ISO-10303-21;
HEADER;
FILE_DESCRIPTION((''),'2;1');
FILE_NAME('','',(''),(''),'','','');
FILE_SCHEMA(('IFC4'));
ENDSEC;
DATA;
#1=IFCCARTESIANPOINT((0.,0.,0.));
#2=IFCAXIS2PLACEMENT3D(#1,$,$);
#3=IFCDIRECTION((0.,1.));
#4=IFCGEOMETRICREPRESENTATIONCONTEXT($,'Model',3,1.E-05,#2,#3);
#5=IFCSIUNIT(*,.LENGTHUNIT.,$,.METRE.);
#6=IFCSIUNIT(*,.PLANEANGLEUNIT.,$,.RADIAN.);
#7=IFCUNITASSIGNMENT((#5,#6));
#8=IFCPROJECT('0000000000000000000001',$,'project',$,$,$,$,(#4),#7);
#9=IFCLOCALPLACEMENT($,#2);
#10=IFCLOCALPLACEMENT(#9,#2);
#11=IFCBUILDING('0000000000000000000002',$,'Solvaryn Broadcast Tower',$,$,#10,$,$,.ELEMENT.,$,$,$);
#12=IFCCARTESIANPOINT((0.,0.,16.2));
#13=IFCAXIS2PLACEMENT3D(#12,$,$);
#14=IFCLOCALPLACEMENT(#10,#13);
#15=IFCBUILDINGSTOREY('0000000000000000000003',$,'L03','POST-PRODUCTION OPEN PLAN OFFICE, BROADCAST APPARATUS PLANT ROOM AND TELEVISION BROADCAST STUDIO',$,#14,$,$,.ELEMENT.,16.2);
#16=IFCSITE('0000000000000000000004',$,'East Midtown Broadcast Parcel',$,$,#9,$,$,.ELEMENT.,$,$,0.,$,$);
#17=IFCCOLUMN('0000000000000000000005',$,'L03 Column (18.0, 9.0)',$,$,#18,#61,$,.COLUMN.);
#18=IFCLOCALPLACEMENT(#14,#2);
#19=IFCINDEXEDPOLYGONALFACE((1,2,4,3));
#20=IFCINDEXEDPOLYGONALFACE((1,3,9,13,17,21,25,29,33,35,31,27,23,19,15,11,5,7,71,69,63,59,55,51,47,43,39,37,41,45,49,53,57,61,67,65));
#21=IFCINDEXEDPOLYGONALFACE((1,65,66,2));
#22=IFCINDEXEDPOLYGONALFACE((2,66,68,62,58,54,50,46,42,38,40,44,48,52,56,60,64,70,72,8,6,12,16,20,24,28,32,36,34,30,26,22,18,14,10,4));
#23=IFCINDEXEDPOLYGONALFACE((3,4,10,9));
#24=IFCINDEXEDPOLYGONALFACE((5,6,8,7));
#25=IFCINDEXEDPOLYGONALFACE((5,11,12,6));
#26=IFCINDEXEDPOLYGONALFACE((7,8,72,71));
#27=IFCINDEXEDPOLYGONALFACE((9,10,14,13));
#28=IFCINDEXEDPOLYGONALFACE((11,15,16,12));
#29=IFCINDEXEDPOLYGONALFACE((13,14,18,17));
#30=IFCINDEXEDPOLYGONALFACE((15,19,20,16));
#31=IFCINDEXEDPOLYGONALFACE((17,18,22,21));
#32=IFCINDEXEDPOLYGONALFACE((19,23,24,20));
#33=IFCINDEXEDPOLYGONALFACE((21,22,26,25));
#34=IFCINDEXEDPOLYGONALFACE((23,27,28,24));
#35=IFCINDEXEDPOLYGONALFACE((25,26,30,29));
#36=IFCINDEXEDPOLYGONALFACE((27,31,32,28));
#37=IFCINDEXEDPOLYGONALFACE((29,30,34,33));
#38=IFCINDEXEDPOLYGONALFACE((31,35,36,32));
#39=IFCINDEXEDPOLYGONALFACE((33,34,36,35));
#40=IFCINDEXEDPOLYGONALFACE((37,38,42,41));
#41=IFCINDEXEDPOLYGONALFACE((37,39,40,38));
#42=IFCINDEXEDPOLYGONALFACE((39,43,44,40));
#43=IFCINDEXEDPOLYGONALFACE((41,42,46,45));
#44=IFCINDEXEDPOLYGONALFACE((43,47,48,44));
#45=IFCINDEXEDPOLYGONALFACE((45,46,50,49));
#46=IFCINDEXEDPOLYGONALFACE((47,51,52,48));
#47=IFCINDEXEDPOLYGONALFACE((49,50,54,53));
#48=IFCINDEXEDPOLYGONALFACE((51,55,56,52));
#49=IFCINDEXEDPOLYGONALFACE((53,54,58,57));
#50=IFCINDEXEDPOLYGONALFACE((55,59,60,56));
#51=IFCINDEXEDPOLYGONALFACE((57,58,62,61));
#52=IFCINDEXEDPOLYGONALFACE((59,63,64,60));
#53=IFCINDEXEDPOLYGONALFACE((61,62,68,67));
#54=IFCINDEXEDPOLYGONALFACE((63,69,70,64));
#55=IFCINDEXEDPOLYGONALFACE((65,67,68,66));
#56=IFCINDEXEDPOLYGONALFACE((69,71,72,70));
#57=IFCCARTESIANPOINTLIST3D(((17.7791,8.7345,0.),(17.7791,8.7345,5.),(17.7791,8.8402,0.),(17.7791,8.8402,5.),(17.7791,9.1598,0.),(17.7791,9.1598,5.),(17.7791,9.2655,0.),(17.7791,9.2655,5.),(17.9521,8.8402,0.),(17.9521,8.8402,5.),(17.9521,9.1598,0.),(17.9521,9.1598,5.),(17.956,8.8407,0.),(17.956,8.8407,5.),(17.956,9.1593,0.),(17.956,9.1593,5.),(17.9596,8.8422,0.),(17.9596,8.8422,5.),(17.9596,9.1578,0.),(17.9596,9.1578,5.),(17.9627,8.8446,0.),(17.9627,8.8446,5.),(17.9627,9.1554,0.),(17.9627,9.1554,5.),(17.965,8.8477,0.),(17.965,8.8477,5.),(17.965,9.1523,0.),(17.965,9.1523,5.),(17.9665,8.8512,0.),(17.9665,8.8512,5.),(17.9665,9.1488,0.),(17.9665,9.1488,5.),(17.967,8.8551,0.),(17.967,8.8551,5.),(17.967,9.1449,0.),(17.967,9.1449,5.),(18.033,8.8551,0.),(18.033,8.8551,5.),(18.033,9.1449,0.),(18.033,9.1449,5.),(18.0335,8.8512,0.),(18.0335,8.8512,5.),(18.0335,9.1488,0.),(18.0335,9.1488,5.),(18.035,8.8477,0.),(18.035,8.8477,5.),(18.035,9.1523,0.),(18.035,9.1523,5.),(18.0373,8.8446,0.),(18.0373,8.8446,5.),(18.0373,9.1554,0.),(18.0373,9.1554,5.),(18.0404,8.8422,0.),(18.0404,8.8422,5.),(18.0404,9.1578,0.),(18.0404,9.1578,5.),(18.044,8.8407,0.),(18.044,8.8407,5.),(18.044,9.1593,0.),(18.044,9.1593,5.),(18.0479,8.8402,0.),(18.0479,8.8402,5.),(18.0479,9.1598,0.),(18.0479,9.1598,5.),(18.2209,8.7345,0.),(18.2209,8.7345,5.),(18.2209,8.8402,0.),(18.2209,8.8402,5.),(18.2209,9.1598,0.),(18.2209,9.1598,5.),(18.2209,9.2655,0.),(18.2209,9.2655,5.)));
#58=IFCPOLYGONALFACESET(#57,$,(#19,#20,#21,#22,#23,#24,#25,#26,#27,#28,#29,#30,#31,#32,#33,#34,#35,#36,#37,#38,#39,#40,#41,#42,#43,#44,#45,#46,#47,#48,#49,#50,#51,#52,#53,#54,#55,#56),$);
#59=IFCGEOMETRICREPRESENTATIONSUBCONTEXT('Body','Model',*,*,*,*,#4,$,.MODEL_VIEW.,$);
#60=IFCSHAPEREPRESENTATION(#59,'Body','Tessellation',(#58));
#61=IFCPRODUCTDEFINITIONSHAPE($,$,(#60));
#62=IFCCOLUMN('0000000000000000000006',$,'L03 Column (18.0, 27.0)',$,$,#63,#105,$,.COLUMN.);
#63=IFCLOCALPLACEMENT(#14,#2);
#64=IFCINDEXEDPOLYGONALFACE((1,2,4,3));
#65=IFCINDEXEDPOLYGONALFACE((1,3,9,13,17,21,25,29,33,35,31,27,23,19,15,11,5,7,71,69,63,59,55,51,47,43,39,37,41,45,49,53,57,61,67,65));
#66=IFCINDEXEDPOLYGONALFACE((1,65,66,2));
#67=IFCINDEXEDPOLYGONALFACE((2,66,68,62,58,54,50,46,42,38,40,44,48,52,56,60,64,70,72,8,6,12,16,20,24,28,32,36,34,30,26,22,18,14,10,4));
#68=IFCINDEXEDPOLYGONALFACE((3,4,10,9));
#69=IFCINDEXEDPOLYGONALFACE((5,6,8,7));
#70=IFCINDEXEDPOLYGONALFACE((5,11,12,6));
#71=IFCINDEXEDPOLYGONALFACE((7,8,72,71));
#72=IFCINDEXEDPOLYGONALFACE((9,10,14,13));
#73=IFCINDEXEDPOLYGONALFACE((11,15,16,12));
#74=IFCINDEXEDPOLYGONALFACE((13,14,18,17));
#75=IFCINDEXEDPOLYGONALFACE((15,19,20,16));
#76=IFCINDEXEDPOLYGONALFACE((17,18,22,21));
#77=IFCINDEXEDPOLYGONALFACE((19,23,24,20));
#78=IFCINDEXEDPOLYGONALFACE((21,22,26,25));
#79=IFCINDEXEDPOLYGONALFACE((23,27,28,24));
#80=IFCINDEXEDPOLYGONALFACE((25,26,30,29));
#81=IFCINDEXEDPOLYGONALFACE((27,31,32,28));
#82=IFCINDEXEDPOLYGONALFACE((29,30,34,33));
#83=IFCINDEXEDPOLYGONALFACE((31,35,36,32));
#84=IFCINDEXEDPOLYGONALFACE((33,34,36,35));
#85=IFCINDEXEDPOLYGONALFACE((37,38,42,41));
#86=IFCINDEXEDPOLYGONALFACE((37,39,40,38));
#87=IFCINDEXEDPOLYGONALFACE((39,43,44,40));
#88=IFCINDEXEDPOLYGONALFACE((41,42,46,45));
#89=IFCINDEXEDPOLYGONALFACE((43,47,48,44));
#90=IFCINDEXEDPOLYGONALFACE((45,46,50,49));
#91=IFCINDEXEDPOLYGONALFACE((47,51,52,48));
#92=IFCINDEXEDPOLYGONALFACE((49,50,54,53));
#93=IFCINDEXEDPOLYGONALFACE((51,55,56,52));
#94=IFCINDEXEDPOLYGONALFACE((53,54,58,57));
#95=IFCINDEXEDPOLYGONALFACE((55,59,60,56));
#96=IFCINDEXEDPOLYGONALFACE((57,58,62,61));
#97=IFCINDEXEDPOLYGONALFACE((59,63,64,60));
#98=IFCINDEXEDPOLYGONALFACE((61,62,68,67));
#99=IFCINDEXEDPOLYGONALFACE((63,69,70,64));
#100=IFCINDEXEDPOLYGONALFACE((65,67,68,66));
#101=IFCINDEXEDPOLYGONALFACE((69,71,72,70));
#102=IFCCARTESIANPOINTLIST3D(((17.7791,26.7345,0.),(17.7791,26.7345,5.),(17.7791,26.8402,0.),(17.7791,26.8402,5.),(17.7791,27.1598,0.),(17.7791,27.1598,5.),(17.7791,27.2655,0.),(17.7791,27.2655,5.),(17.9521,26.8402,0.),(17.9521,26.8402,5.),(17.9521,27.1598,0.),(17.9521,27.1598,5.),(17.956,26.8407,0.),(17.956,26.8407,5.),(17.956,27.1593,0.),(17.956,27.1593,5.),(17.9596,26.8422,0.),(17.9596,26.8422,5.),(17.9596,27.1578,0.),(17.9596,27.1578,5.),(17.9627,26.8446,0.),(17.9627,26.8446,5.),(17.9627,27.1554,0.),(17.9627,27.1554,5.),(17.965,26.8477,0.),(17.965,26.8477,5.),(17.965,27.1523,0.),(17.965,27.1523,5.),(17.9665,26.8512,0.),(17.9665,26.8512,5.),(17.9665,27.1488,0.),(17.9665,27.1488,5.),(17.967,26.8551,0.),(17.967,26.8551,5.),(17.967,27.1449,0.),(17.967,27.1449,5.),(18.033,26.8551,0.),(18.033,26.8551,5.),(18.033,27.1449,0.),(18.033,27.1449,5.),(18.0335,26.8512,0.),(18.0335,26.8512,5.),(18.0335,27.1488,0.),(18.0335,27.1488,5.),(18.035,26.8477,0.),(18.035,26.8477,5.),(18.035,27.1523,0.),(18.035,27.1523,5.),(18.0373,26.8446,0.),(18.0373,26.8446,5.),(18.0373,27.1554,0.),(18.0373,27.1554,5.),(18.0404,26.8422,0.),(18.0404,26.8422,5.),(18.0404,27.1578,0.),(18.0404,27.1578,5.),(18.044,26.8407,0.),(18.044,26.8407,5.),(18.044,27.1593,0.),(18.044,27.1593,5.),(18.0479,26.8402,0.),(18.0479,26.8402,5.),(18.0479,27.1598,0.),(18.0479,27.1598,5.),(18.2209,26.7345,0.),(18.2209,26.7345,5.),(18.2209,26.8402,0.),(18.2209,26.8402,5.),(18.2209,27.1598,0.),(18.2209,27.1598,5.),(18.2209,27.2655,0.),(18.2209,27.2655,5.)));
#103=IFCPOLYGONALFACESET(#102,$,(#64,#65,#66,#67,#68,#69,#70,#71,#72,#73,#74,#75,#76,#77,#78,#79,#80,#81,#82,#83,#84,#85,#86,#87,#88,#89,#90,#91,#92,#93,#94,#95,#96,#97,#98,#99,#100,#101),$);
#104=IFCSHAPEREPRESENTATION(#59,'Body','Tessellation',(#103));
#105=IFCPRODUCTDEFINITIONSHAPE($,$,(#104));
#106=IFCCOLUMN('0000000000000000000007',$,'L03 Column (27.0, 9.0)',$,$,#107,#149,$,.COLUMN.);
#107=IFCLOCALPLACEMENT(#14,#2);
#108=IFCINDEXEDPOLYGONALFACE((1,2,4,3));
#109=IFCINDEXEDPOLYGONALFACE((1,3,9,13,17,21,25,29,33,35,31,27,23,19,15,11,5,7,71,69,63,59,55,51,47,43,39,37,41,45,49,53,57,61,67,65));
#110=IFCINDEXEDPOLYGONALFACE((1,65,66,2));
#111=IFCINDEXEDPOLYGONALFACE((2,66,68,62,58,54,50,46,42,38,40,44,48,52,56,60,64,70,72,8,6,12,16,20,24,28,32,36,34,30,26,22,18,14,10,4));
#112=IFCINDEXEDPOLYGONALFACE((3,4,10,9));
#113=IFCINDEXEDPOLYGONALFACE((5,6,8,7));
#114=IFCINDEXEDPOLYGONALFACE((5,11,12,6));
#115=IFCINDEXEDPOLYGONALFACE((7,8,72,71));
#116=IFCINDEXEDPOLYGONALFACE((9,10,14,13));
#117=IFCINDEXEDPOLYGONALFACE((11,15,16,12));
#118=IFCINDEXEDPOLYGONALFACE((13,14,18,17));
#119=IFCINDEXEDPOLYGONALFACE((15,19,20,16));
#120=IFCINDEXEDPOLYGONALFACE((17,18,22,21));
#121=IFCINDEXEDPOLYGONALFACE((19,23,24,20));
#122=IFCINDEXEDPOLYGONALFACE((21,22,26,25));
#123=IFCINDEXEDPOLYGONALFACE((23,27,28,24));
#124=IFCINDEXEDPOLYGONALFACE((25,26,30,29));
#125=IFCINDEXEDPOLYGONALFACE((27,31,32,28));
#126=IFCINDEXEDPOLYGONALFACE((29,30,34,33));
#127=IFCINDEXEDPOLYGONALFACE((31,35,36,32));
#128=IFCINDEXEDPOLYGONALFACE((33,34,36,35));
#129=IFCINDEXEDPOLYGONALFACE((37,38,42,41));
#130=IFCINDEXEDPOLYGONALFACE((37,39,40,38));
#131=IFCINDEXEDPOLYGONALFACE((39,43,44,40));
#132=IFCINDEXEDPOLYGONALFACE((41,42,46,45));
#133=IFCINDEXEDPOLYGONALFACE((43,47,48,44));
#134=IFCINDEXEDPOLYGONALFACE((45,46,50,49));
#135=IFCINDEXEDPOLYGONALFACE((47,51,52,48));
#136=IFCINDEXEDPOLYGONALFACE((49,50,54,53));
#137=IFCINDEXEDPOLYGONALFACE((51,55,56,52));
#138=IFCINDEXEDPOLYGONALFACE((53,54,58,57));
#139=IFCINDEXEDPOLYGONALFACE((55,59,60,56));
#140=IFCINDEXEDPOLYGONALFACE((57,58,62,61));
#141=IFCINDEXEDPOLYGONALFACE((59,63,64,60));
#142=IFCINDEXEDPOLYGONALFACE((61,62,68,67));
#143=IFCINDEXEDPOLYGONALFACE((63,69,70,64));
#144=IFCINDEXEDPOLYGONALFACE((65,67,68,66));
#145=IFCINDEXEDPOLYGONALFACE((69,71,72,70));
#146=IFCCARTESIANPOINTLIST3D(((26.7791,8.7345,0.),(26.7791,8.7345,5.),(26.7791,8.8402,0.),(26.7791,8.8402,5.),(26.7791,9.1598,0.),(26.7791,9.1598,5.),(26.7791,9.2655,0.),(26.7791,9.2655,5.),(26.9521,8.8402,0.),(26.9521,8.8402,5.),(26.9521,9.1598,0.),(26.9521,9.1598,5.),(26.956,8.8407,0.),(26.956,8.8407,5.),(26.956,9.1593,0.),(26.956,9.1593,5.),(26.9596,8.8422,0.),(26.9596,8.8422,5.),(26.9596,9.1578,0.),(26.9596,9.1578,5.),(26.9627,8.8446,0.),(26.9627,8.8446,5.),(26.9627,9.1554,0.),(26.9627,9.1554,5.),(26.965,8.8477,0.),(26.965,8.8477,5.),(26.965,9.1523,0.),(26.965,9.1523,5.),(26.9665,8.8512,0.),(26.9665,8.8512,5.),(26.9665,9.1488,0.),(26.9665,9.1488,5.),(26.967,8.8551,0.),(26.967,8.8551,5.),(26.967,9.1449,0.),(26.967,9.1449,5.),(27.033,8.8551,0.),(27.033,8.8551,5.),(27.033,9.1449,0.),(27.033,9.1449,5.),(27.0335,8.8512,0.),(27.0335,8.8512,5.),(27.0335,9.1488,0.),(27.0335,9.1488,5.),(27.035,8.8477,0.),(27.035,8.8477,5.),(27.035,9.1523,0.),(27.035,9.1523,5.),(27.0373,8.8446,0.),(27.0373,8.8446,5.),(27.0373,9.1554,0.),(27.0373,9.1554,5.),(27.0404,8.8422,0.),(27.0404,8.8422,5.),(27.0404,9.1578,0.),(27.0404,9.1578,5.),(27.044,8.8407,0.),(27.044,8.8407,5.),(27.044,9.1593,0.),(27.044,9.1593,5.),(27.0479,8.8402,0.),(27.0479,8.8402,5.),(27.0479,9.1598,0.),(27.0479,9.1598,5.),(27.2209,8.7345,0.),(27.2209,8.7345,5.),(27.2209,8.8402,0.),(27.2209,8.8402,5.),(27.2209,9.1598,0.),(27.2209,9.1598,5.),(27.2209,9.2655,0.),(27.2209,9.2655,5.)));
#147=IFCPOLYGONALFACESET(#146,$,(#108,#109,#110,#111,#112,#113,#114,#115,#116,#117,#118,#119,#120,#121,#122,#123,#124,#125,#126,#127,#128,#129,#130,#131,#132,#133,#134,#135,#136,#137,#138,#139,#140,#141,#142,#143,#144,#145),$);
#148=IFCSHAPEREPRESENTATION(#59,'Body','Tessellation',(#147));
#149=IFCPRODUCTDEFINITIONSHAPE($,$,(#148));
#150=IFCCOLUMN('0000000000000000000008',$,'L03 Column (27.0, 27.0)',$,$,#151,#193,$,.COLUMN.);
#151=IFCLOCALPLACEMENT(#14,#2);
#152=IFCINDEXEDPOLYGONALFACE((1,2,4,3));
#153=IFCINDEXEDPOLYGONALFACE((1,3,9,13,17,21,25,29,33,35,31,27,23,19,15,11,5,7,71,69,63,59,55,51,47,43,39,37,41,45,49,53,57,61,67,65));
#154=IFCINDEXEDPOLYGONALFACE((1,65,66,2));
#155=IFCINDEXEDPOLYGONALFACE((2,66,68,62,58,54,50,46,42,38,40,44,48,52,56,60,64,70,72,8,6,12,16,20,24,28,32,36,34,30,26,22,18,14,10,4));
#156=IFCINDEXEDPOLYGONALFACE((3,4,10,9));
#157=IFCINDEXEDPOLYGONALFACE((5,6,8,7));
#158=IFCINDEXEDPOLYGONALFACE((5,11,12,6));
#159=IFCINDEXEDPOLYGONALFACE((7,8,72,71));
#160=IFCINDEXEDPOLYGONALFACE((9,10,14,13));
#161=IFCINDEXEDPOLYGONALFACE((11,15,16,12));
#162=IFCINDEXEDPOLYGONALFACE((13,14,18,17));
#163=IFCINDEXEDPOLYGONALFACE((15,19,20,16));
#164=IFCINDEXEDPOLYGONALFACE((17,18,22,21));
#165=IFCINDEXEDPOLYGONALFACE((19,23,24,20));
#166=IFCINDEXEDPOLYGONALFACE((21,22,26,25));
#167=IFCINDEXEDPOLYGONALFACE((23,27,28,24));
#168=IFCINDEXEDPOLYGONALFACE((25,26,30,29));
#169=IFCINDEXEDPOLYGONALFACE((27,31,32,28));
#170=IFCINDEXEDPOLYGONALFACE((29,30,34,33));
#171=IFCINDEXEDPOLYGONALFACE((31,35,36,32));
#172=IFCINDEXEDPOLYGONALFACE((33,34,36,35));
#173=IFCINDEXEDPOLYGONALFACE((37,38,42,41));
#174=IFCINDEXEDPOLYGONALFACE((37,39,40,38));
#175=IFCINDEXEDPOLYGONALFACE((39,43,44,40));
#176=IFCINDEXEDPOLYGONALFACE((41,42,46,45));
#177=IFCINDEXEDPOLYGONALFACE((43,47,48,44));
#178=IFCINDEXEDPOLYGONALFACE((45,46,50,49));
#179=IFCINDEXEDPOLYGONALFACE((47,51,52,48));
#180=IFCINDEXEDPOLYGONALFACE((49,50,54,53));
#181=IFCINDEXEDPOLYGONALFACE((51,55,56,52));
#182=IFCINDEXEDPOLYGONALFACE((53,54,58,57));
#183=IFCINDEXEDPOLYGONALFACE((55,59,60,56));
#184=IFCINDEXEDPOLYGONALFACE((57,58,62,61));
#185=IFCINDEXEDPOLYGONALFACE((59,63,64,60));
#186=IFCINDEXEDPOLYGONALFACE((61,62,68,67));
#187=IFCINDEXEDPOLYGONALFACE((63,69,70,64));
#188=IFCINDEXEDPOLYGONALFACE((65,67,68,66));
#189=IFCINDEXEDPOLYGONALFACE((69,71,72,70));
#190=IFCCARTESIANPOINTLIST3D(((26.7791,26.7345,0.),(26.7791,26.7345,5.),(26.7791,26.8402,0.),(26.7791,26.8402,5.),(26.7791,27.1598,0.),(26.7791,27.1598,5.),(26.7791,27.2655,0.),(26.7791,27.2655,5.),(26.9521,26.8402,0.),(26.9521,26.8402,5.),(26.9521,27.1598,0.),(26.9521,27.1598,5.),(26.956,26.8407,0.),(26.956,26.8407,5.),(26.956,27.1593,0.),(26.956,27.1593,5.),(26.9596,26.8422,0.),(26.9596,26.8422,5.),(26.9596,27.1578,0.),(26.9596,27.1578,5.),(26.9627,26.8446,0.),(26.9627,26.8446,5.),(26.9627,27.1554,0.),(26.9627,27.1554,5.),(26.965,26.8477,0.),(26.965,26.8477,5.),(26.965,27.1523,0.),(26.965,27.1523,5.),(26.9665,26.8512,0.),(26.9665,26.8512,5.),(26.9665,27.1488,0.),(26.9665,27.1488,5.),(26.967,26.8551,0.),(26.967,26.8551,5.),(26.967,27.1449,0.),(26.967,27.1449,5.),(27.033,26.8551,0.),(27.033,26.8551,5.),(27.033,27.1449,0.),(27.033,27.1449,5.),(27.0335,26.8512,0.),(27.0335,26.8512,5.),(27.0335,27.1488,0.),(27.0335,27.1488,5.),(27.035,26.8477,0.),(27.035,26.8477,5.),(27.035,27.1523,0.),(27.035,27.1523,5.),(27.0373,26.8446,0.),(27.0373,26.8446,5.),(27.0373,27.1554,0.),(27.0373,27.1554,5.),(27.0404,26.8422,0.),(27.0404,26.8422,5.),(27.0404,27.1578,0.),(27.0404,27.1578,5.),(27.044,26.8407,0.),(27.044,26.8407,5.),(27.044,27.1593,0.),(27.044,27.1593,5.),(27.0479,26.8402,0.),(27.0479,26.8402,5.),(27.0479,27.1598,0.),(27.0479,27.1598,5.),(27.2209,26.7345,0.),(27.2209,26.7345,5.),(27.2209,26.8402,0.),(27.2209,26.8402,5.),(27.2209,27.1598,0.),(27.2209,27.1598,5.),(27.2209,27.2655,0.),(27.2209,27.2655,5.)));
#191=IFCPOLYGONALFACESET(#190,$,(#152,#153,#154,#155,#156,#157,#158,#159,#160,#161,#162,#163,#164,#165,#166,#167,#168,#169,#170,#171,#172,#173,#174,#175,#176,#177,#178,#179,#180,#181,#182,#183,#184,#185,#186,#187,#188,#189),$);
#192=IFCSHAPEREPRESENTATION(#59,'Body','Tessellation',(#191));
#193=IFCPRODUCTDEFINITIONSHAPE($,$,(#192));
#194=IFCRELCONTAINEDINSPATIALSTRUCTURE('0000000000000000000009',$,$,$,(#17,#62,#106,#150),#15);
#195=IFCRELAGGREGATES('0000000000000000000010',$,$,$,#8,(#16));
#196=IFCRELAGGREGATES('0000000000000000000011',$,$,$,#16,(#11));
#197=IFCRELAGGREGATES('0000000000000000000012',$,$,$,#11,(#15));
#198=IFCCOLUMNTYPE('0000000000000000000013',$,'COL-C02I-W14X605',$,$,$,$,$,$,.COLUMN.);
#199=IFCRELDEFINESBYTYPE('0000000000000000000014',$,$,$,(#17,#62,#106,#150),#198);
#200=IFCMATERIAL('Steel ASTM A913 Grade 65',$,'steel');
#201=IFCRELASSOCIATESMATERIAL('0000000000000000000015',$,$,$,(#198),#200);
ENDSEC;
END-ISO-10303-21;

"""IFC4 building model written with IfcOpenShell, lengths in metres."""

from ifc_helpers import new_model, si_unit, direction, frame, origin, origin_2d, place, context, subcontext, project, spatial, i_section, extrude, material, material_profile, profile_set, type_object, element, save


model = new_model("IFC4")

# Units and contexts
model_context = context("Model", 3, precision=1e-05, world=origin(), true_north=direction((0.0, 1.0)))
body_context = subcontext(model_context, "Body", "Model", "MODEL_VIEW")
ifc_project = project(units=[si_unit("LENGTHUNIT", "METRE"), si_unit("PLANEANGLEUNIT", "RADIAN")], contexts=[model_context])

# Site, building, storey
site_placement = place(None, origin())
site = spatial("IfcSite", under=ifc_project, at=site_placement, Name="East Midtown Broadcast Parcel", CompositionType="ELEMENT", RefElevation=0.0)
building_placement = place(site_placement, origin())
building = spatial("IfcBuilding", under=site, at=building_placement, Name="Solvaryn Broadcast Tower", CompositionType="ELEMENT")
storey_placement = place(building_placement, frame((0.0, 0.0, 16.2)))
storey = spatial("IfcBuildingStorey", under=building, at=storey_placement, Name="L03", Description="POST-PRODUCTION OPEN PLAN OFFICE, BROADCAST APPARATUS PLANT ROOM AND TELEVISION BROADCAST STUDIO", CompositionType="ELEMENT", Elevation=16.2)

# Columns
ifc_material_1 = material(Name="Steel ASTM A913 Grade 65", Category="steel")
ifc_material_profile_1 = material_profile(ifc_material_1, i_section(OverallWidth=0.4419, OverallDepth=0.531, WebThickness=0.0659, FlangeThickness=0.1057, FilletRadius=0.0149, at=origin_2d()))
ifc_profile_set_1 = profile_set([ifc_material_profile_1], Name="Steel ASTM A913 Grade 65")
column_type = type_object("IfcColumnType", Name="COL-C02I-W14X605", PredefinedType="COLUMN", material=ifc_profile_set_1)
for number, where, z_axis, x_axis, name in (
    (1, (18.0, 9.0, 0.0), (0.0, 0.0, 1.0), (1.0, 0.0, 0.0), "L03 Column (18.0, 9.0)"),
    (2, (18.0, 27.0, 0.0), (0.0, 0.0, 1.0), (1.0, 0.0, 0.0), "L03 Column (18.0, 27.0)"),
    (3, (27.0, 9.0, 0.0), (0.0, 0.0, 1.0), (1.0, 0.0, 0.0), "L03 Column (27.0, 9.0)"),
    (4, (27.0, 27.0, 0.0), (0.0, 0.0, 1.0), (1.0, 0.0, 0.0), "L03 Column (27.0, 27.0)"),
):
    element("IfcColumn", number, at=place(storey_placement, frame(where, z_axis=z_axis, x_axis=x_axis)), inside=storey, type_object=column_type, Name=name, PredefinedType="COLUMN", context=body_context, shape_type="SweptSolid", body=[
        extrude(i_section(OverallWidth=0.4419, OverallDepth=0.531, WebThickness=0.0659, FlangeThickness=0.1057, FilletRadius=0.0149, at=origin_2d()), origin(), (0.0, 0.0, 1.0), 5.0),
    ])

save(model, "model.ifc")
